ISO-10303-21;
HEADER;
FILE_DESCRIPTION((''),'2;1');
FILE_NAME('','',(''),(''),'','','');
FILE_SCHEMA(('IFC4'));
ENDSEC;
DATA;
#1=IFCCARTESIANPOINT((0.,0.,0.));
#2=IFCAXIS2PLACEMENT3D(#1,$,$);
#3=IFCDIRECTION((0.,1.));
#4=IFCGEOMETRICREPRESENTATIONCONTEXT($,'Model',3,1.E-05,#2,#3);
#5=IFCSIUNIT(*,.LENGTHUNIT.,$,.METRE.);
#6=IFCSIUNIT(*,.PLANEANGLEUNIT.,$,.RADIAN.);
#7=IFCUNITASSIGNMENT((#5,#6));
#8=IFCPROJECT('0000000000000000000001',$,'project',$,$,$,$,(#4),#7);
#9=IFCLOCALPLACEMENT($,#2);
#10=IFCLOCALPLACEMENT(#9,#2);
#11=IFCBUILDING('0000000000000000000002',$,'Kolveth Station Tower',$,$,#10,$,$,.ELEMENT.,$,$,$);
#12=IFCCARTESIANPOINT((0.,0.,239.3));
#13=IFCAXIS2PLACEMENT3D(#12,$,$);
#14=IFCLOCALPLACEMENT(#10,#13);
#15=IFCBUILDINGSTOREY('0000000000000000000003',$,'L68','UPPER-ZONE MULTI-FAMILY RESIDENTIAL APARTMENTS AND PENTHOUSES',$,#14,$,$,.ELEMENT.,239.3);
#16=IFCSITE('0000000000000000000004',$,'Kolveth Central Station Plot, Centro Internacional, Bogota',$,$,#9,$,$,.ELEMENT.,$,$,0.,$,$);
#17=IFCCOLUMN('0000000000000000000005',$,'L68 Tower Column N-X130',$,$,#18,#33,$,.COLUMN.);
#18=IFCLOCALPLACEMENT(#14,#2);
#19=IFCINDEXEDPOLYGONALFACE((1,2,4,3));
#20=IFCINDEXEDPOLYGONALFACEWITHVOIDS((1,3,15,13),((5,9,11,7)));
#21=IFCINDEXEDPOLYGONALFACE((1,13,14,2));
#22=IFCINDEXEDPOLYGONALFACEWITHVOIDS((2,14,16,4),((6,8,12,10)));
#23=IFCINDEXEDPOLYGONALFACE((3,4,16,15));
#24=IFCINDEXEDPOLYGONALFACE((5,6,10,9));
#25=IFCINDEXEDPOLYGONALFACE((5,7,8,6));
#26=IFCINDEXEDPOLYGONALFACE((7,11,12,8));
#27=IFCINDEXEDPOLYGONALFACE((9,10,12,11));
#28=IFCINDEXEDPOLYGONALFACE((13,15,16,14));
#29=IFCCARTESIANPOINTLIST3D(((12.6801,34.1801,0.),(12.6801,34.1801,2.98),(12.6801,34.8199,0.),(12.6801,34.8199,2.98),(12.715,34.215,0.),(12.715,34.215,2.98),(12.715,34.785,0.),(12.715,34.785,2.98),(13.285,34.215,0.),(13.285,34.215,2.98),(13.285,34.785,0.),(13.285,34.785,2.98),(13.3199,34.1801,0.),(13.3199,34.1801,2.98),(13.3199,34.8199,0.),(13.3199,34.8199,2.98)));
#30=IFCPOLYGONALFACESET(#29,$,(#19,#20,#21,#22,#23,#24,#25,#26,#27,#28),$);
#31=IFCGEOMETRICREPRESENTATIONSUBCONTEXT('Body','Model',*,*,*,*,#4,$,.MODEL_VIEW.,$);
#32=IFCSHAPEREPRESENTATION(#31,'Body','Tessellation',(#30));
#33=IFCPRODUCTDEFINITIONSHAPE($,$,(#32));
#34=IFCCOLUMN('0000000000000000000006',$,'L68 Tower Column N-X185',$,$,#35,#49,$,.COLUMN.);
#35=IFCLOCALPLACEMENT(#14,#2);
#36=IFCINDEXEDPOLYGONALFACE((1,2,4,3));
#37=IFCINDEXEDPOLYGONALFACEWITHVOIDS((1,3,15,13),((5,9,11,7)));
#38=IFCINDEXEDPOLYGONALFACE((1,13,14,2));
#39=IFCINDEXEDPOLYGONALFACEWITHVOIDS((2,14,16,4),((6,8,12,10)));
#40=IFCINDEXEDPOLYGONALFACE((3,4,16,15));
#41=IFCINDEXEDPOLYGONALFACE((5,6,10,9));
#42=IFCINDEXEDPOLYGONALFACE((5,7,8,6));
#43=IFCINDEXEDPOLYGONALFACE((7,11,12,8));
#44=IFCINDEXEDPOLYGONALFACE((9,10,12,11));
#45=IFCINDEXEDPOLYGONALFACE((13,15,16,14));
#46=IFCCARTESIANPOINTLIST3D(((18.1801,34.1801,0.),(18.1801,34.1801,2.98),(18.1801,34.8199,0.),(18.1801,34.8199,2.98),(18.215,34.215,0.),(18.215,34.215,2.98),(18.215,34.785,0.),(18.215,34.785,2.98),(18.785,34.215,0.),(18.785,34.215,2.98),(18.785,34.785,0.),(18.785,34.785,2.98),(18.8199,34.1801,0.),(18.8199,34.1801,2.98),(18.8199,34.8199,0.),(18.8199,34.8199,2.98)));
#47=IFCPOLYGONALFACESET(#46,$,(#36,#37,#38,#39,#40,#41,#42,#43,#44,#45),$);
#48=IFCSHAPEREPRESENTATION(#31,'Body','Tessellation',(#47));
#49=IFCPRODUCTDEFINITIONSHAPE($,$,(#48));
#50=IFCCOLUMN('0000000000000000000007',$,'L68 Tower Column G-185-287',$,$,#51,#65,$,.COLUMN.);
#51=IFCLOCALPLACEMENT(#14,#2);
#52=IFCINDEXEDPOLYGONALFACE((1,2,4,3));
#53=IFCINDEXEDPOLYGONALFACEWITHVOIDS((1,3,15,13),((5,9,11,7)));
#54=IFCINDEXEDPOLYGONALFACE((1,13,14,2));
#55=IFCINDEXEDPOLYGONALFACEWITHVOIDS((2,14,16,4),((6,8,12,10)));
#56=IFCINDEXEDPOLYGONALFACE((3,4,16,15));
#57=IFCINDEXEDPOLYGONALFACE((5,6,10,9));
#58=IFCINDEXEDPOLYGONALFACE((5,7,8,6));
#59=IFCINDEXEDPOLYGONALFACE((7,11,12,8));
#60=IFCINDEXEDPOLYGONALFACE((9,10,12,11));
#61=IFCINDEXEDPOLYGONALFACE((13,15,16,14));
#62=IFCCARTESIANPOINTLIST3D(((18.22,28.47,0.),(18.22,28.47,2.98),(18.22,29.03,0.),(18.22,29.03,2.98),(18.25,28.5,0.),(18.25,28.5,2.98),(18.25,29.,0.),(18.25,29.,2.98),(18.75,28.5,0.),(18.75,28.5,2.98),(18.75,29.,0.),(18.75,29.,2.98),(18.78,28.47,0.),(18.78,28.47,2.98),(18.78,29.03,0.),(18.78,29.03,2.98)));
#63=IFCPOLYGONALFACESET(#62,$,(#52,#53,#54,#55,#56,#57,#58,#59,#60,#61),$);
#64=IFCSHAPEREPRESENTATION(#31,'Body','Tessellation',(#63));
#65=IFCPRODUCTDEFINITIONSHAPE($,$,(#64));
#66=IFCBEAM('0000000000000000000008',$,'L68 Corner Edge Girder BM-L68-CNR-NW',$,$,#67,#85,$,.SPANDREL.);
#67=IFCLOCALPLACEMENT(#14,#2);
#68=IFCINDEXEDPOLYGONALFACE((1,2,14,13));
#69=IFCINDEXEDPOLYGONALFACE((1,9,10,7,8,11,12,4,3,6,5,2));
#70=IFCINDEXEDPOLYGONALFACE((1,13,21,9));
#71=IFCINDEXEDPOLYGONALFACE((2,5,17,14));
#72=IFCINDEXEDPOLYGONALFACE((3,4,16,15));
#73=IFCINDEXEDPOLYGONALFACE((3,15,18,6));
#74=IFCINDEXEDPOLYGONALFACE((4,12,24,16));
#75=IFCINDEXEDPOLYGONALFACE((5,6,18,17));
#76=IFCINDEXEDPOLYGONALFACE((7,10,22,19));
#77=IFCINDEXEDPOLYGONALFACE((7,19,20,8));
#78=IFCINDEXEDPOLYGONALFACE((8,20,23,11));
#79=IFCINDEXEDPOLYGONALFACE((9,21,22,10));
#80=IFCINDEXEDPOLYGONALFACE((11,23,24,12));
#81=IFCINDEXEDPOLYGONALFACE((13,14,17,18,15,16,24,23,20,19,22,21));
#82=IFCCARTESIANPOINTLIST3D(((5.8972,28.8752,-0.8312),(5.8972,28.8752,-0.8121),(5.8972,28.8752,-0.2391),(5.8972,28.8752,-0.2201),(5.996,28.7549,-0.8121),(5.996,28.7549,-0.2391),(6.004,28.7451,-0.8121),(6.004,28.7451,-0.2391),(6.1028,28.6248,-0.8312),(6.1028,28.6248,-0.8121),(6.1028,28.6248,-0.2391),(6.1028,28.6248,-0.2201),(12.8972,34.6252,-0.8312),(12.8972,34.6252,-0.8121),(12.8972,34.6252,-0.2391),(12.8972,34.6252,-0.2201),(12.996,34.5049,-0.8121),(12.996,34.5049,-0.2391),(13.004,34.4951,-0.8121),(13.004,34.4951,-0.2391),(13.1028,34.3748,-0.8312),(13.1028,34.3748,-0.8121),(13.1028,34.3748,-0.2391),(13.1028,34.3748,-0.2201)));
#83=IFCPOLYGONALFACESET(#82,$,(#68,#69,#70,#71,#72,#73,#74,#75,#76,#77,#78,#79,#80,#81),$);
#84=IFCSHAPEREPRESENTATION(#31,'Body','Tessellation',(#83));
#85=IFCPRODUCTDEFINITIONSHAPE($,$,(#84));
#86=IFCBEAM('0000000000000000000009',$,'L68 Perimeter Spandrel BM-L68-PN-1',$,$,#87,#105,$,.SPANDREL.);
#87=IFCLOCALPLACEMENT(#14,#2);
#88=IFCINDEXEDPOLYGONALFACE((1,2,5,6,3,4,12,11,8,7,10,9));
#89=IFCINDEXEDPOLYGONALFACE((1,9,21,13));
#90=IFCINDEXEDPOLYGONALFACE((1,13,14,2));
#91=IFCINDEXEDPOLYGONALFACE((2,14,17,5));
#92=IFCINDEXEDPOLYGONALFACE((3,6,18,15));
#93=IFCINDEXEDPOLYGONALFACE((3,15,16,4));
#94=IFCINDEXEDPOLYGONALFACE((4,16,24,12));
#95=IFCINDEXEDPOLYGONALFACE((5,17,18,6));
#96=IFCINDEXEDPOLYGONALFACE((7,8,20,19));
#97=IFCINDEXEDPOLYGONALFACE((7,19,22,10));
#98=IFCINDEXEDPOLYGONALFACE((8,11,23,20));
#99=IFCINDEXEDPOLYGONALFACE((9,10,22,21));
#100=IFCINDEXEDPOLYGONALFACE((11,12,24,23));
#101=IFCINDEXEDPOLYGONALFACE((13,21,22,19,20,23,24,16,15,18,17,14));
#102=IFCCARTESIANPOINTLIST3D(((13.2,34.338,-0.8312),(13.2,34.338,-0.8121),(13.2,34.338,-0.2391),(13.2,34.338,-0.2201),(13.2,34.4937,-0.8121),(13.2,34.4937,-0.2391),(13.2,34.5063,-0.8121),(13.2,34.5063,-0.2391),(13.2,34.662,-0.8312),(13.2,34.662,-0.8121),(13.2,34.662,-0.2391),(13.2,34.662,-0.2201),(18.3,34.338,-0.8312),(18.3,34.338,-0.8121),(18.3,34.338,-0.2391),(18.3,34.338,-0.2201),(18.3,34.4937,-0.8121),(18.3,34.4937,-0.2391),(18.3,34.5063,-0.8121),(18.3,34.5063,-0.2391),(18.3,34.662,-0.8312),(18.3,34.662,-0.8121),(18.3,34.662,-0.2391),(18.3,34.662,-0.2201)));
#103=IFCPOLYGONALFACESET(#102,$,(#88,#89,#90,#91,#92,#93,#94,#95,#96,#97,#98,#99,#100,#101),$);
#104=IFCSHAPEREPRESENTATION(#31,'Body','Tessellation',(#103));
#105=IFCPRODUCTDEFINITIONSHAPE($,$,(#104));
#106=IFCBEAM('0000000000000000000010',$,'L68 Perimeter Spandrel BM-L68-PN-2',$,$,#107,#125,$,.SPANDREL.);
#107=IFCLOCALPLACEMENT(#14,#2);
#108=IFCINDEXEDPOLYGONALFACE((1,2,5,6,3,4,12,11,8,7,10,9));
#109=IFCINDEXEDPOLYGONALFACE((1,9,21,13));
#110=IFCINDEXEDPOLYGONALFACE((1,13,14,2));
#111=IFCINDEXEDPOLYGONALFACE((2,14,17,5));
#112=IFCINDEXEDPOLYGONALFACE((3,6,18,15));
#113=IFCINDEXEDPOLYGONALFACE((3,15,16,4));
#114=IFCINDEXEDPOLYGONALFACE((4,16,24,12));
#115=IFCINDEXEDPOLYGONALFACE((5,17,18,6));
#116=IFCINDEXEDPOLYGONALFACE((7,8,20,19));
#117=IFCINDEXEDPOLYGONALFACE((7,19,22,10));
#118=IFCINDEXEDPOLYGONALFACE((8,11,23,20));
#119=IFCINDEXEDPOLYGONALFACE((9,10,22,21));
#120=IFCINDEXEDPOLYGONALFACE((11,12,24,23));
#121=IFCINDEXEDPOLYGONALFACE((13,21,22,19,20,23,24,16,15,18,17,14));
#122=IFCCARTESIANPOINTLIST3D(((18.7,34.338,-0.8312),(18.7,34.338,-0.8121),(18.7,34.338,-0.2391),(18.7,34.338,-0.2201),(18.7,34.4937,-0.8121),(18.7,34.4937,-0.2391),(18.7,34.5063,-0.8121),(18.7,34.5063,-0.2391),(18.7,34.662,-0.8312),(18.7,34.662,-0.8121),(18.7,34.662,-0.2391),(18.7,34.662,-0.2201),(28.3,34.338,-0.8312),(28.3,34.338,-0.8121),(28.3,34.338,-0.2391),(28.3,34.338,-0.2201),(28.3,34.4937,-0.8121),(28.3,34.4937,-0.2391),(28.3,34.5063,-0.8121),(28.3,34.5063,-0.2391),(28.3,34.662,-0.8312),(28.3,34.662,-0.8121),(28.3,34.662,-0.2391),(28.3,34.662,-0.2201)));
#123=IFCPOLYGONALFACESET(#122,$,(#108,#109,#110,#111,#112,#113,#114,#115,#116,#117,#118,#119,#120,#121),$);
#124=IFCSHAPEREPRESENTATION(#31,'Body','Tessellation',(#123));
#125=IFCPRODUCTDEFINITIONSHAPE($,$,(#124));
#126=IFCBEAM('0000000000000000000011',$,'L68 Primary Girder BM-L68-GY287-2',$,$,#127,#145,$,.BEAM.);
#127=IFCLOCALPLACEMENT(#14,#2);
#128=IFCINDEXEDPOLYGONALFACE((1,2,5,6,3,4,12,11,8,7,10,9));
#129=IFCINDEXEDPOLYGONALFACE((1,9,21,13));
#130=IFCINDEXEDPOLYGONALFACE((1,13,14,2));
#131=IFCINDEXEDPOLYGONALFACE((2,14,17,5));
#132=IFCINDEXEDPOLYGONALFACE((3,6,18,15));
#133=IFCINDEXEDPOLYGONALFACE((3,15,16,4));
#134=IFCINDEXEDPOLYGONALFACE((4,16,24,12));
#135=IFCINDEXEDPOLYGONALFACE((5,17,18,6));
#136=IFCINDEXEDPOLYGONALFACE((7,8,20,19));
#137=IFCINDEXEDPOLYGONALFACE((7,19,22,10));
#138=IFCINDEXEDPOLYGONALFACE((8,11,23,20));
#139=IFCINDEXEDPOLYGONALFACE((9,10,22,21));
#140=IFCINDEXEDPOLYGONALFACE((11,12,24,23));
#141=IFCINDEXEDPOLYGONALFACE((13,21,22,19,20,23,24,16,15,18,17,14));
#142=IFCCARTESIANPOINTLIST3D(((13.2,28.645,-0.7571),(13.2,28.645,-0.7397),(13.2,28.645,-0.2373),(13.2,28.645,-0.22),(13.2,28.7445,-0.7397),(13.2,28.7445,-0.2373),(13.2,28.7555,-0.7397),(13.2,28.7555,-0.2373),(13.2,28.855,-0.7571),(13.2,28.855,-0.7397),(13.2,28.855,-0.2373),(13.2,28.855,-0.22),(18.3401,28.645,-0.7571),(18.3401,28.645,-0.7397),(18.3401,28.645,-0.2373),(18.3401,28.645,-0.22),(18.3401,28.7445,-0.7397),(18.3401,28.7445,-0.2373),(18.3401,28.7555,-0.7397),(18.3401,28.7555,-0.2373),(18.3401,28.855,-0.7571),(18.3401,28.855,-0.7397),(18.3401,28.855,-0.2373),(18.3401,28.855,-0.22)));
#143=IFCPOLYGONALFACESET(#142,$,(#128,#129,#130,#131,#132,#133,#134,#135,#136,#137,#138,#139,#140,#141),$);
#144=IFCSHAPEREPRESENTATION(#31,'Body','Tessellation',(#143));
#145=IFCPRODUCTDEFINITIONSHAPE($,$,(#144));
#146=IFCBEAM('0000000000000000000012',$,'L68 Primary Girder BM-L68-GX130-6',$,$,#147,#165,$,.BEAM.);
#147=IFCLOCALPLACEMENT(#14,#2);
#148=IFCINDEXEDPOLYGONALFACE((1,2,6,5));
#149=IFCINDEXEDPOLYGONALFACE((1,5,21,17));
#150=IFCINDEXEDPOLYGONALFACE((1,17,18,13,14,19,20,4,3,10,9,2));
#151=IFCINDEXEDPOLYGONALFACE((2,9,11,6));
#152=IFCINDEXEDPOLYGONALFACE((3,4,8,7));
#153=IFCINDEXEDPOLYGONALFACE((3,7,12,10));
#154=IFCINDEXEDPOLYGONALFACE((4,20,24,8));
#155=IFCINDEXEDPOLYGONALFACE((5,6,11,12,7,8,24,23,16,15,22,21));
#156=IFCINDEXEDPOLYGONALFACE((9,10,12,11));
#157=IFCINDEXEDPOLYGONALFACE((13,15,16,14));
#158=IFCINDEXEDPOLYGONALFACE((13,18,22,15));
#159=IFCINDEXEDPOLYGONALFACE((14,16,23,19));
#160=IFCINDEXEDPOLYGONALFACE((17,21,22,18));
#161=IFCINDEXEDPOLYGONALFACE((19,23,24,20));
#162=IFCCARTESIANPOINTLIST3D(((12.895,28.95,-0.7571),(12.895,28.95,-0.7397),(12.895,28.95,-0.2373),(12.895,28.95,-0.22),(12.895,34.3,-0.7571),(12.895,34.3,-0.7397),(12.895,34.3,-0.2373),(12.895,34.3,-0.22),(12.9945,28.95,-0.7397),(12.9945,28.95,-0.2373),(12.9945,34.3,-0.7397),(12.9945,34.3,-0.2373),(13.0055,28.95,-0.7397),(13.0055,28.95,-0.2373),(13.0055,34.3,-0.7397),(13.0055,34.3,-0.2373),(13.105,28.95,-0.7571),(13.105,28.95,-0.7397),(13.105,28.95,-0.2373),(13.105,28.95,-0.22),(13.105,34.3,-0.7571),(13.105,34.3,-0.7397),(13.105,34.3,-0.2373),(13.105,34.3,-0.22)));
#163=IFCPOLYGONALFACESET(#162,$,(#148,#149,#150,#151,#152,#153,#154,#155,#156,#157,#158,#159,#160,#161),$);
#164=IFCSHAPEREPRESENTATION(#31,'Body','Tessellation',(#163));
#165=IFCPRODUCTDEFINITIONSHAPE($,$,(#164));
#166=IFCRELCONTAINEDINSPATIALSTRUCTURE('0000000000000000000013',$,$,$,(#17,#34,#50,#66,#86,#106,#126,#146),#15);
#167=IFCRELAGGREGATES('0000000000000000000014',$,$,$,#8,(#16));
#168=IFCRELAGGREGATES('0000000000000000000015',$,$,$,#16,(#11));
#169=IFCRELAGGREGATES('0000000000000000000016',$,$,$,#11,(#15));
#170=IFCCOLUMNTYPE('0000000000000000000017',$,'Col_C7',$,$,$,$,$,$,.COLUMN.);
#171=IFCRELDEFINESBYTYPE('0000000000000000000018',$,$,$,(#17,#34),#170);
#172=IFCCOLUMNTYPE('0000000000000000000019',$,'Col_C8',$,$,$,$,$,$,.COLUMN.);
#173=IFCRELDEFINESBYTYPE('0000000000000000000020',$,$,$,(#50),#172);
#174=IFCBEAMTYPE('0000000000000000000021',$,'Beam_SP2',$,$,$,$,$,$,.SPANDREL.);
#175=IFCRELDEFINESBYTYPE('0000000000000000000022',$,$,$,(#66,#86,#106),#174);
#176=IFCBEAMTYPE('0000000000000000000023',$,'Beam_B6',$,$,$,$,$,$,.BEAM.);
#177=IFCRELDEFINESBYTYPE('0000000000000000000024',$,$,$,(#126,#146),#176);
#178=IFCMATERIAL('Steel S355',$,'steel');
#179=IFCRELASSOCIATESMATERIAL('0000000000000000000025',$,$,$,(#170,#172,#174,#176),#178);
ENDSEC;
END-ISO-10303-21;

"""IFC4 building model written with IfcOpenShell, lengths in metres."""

from ifc_helpers import new_model, si_unit, direction, frame, origin, origin_2d, place, context, subcontext, project, spatial, hollow_rectangle, i_section, extrude, source, transform, mapped, material, material_profile, profile_set, type_object, element, save


model = new_model("IFC4")

# Units and contexts
model_context = context("Model", 3, precision=1e-05, world=origin(), true_north=direction((0.0, 1.0)))
body_context = subcontext(model_context, "Body", "Model", "MODEL_VIEW")
ifc_project = project(units=[si_unit("LENGTHUNIT", "METRE"), si_unit("PLANEANGLEUNIT", "RADIAN")], contexts=[model_context])

# Site, building, storey
site_placement = place(None, origin())
site = spatial("IfcSite", under=ifc_project, at=site_placement, Name="Kolveth Central Station Plot, Centro Internacional, Bogota", CompositionType="ELEMENT", RefElevation=0.0)
building_placement = place(site_placement, origin())
building = spatial("IfcBuilding", under=site, at=building_placement, Name="Kolveth Station Tower", CompositionType="ELEMENT")
storey_placement = place(building_placement, frame((0.0, 0.0, 239.3)))
storey = spatial("IfcBuildingStorey", under=building, at=storey_placement, Name="L68", Description="UPPER-ZONE MULTI-FAMILY RESIDENTIAL APARTMENTS AND PENTHOUSES", CompositionType="ELEMENT", Elevation=239.3)

# Columns
ifc_material_1 = material(Name="Steel S355", Category="steel")
ifc_material_profile_1 = material_profile(ifc_material_1, hollow_rectangle(XDim=0.6399, YDim=0.6399, WallThickness=0.0349, at=origin_2d()), Name="BOX640x640x35")
ifc_profile_set_1 = profile_set([ifc_material_profile_1], Name="Steel S355")
column_type_1 = type_object("IfcColumnType", Name="Col_C7", PredefinedType="COLUMN", material=ifc_profile_set_1)
shared_shape_1 = source(origin(), body_context, "Body", "SweptSolid", [
    extrude(hollow_rectangle(XDim=0.6399, YDim=0.6399, WallThickness=0.0349, at=origin_2d()), origin(), (0.0, 0.0, 1.0), 2.98),
])
for number, where, z_axis, x_axis, name in (
    (1, (13.0, 34.5, 0.0), (0.0, 0.0, 1.0), (1.0, 0.0, 0.0), "L68 Tower Column N-X130"),
    (2, (18.5, 34.5, 0.0), (0.0, 0.0, 1.0), (1.0, 0.0, 0.0), "L68 Tower Column N-X185"),
):
    element("IfcColumn", number, at=place(storey_placement, frame(where, z_axis=z_axis, x_axis=x_axis)), inside=storey, type_object=column_type_1, Name=name, PredefinedType="COLUMN", context=body_context, shape_type="MappedRepresentation", body=[
        mapped(shared_shape_1, transform((0.0, 0.0, 0.0), x_axis=(1.0, 0.0, 0.0), y_axis=(0.0, 1.0, 0.0), z_axis=(0.0, 0.0, 1.0), scale=1.0)),
    ])
ifc_material_profile_2 = material_profile(ifc_material_1, hollow_rectangle(XDim=0.5601, YDim=0.5601, WallThickness=0.03, at=origin_2d()), Name="BOX560x560x30")
ifc_profile_set_2 = profile_set([ifc_material_profile_2], Name="Steel S355")
column_type_2 = type_object("IfcColumnType", Name="Col_C8", PredefinedType="COLUMN", material=ifc_profile_set_2)
shared_shape_2 = source(origin(), body_context, "Body", "SweptSolid", [
    extrude(hollow_rectangle(XDim=0.5601, YDim=0.5601, WallThickness=0.03, at=origin_2d()), origin(), (0.0, 0.0, 1.0), 2.98),
])
column_placement = place(storey_placement, frame((18.5, 28.75, 0.0), z_axis=(0.0, 0.0, 1.0), x_axis=(1.0, 0.0, 0.0)))
element("IfcColumn", 3, at=column_placement, inside=storey, type_object=column_type_2, Name="L68 Tower Column G-185-287", PredefinedType="COLUMN", context=body_context, shape_type="MappedRepresentation", body=[
    mapped(shared_shape_2, transform((0.0, 0.0, 0.0), x_axis=(1.0, 0.0, 0.0), y_axis=(0.0, 1.0, 0.0), z_axis=(0.0, 0.0, 1.0), scale=1.0)),
])

# Beams
ifc_material_profile_3 = material_profile(ifc_material_1, i_section(OverallWidth=0.324, OverallDepth=0.6111, WebThickness=0.0127, FlangeThickness=0.019, at=origin_2d()), Name="W610x155")
ifc_profile_set_3 = profile_set([ifc_material_profile_3], Name="Steel S355")
beam_type_1 = type_object("IfcBeamType", Name="Beam_SP2", PredefinedType="SPANDREL", material=ifc_profile_set_3)
shared_shape_3 = source(origin(), body_context, "Body", "SweptSolid", [
    extrude(i_section(OverallWidth=0.324, OverallDepth=0.6111, WebThickness=0.0127, FlangeThickness=0.019, at=origin_2d()), origin(), (0.0, 0.0, 1.0), 9.0588),
])
beam_1_placement = place(storey_placement, frame((13.0, 34.5, -0.5256), z_axis=(-0.772726, -0.634739, 0.0), x_axis=(0.634739, -0.772726, 0.0)))
element("IfcBeam", 4, at=beam_1_placement, inside=storey, type_object=beam_type_1, Name="L68 Corner Edge Girder BM-L68-CNR-NW", PredefinedType="SPANDREL", context=body_context, shape_type="MappedRepresentation", body=[
    mapped(shared_shape_3, transform((0.0, 0.0, 0.0), x_axis=(1.0, 0.0, 0.0), y_axis=(0.0, 1.0, 0.0), z_axis=(0.0, 0.0, 1.0), scale=1.0)),
])
shared_shape_4 = source(origin(), body_context, "Body", "SweptSolid", [
    extrude(i_section(OverallWidth=0.324, OverallDepth=0.6111, WebThickness=0.0127, FlangeThickness=0.019, at=origin_2d()), origin(), (0.0, 0.0, 1.0), 5.1001),
])
beam_2_placement = place(storey_placement, frame((13.2, 34.5, -0.5256), z_axis=(1.0, 0.0, 0.0), x_axis=(0.0, 1.0, 0.0)))
element("IfcBeam", 5, at=beam_2_placement, inside=storey, type_object=beam_type_1, Name="L68 Perimeter Spandrel BM-L68-PN-1", PredefinedType="SPANDREL", context=body_context, shape_type="MappedRepresentation", body=[
    mapped(shared_shape_4, transform((0.0, 0.0, 0.0), x_axis=(1.0, 0.0, 0.0), y_axis=(0.0, 1.0, 0.0), z_axis=(0.0, 0.0, 1.0), scale=1.0)),
])
shared_shape_5 = source(origin(), body_context, "Body", "SweptSolid", [
    extrude(i_section(OverallWidth=0.324, OverallDepth=0.6111, WebThickness=0.0127, FlangeThickness=0.019, at=origin_2d()), origin(), (0.0, 0.0, 1.0), 9.6001),
])
beam_3_placement = place(storey_placement, frame((18.7, 34.5, -0.5256), z_axis=(1.0, 0.0, 0.0), x_axis=(0.0, 1.0, 0.0)))
element("IfcBeam", 6, at=beam_3_placement, inside=storey, type_object=beam_type_1, Name="L68 Perimeter Spandrel BM-L68-PN-2", PredefinedType="SPANDREL", context=body_context, shape_type="MappedRepresentation", body=[
    mapped(shared_shape_5, transform((0.0, 0.0, 0.0), x_axis=(1.0, 0.0, 0.0), y_axis=(0.0, 1.0, 0.0), z_axis=(0.0, 0.0, 1.0), scale=1.0)),
])
ifc_material_profile_4 = material_profile(ifc_material_1, i_section(OverallWidth=0.21, OverallDepth=0.5371, WebThickness=0.011, FlangeThickness=0.0173, at=origin_2d()), Name="W530x101")
ifc_profile_set_4 = profile_set([ifc_material_profile_4], Name="Steel S355")
beam_type_2 = type_object("IfcBeamType", Name="Beam_B6", PredefinedType="BEAM", material=ifc_profile_set_4)
shared_shape_6 = source(origin(), body_context, "Body", "SweptSolid", [
    extrude(i_section(OverallWidth=0.21, OverallDepth=0.5371, WebThickness=0.011, FlangeThickness=0.0173, at=origin_2d()), origin(), (0.0, 0.0, 1.0), 5.1401),
])
beam_4_placement = place(storey_placement, frame((13.2, 28.75, -0.4885), z_axis=(1.0, 0.0, 0.0), x_axis=(0.0, 1.0, 0.0)))
element("IfcBeam", 7, at=beam_4_placement, inside=storey, type_object=beam_type_2, Name="L68 Primary Girder BM-L68-GY287-2", PredefinedType="BEAM", context=body_context, shape_type="MappedRepresentation", body=[
    mapped(shared_shape_6, transform((0.0, 0.0, 0.0), x_axis=(1.0, 0.0, 0.0), y_axis=(0.0, 1.0, 0.0), z_axis=(0.0, 0.0, 1.0), scale=1.0)),
])
shared_shape_7 = source(origin(), body_context, "Body", "SweptSolid", [
    extrude(i_section(OverallWidth=0.21, OverallDepth=0.5371, WebThickness=0.011, FlangeThickness=0.0173, at=origin_2d()), origin(), (0.0, 0.0, 1.0), 5.3501),
])
beam_5_placement = place(storey_placement, frame((13.0, 28.95, -0.4885), z_axis=(0.0, 1.0, 0.0), x_axis=(-1.0, 0.0, 0.0)))
element("IfcBeam", 8, at=beam_5_placement, inside=storey, type_object=beam_type_2, Name="L68 Primary Girder BM-L68-GX130-6", PredefinedType="BEAM", context=body_context, shape_type="MappedRepresentation", body=[
    mapped(shared_shape_7, transform((0.0, 0.0, 0.0), x_axis=(1.0, 0.0, 0.0), y_axis=(0.0, 1.0, 0.0), z_axis=(0.0, 0.0, 1.0), scale=1.0)),
])

save(model, "model.ifc")
